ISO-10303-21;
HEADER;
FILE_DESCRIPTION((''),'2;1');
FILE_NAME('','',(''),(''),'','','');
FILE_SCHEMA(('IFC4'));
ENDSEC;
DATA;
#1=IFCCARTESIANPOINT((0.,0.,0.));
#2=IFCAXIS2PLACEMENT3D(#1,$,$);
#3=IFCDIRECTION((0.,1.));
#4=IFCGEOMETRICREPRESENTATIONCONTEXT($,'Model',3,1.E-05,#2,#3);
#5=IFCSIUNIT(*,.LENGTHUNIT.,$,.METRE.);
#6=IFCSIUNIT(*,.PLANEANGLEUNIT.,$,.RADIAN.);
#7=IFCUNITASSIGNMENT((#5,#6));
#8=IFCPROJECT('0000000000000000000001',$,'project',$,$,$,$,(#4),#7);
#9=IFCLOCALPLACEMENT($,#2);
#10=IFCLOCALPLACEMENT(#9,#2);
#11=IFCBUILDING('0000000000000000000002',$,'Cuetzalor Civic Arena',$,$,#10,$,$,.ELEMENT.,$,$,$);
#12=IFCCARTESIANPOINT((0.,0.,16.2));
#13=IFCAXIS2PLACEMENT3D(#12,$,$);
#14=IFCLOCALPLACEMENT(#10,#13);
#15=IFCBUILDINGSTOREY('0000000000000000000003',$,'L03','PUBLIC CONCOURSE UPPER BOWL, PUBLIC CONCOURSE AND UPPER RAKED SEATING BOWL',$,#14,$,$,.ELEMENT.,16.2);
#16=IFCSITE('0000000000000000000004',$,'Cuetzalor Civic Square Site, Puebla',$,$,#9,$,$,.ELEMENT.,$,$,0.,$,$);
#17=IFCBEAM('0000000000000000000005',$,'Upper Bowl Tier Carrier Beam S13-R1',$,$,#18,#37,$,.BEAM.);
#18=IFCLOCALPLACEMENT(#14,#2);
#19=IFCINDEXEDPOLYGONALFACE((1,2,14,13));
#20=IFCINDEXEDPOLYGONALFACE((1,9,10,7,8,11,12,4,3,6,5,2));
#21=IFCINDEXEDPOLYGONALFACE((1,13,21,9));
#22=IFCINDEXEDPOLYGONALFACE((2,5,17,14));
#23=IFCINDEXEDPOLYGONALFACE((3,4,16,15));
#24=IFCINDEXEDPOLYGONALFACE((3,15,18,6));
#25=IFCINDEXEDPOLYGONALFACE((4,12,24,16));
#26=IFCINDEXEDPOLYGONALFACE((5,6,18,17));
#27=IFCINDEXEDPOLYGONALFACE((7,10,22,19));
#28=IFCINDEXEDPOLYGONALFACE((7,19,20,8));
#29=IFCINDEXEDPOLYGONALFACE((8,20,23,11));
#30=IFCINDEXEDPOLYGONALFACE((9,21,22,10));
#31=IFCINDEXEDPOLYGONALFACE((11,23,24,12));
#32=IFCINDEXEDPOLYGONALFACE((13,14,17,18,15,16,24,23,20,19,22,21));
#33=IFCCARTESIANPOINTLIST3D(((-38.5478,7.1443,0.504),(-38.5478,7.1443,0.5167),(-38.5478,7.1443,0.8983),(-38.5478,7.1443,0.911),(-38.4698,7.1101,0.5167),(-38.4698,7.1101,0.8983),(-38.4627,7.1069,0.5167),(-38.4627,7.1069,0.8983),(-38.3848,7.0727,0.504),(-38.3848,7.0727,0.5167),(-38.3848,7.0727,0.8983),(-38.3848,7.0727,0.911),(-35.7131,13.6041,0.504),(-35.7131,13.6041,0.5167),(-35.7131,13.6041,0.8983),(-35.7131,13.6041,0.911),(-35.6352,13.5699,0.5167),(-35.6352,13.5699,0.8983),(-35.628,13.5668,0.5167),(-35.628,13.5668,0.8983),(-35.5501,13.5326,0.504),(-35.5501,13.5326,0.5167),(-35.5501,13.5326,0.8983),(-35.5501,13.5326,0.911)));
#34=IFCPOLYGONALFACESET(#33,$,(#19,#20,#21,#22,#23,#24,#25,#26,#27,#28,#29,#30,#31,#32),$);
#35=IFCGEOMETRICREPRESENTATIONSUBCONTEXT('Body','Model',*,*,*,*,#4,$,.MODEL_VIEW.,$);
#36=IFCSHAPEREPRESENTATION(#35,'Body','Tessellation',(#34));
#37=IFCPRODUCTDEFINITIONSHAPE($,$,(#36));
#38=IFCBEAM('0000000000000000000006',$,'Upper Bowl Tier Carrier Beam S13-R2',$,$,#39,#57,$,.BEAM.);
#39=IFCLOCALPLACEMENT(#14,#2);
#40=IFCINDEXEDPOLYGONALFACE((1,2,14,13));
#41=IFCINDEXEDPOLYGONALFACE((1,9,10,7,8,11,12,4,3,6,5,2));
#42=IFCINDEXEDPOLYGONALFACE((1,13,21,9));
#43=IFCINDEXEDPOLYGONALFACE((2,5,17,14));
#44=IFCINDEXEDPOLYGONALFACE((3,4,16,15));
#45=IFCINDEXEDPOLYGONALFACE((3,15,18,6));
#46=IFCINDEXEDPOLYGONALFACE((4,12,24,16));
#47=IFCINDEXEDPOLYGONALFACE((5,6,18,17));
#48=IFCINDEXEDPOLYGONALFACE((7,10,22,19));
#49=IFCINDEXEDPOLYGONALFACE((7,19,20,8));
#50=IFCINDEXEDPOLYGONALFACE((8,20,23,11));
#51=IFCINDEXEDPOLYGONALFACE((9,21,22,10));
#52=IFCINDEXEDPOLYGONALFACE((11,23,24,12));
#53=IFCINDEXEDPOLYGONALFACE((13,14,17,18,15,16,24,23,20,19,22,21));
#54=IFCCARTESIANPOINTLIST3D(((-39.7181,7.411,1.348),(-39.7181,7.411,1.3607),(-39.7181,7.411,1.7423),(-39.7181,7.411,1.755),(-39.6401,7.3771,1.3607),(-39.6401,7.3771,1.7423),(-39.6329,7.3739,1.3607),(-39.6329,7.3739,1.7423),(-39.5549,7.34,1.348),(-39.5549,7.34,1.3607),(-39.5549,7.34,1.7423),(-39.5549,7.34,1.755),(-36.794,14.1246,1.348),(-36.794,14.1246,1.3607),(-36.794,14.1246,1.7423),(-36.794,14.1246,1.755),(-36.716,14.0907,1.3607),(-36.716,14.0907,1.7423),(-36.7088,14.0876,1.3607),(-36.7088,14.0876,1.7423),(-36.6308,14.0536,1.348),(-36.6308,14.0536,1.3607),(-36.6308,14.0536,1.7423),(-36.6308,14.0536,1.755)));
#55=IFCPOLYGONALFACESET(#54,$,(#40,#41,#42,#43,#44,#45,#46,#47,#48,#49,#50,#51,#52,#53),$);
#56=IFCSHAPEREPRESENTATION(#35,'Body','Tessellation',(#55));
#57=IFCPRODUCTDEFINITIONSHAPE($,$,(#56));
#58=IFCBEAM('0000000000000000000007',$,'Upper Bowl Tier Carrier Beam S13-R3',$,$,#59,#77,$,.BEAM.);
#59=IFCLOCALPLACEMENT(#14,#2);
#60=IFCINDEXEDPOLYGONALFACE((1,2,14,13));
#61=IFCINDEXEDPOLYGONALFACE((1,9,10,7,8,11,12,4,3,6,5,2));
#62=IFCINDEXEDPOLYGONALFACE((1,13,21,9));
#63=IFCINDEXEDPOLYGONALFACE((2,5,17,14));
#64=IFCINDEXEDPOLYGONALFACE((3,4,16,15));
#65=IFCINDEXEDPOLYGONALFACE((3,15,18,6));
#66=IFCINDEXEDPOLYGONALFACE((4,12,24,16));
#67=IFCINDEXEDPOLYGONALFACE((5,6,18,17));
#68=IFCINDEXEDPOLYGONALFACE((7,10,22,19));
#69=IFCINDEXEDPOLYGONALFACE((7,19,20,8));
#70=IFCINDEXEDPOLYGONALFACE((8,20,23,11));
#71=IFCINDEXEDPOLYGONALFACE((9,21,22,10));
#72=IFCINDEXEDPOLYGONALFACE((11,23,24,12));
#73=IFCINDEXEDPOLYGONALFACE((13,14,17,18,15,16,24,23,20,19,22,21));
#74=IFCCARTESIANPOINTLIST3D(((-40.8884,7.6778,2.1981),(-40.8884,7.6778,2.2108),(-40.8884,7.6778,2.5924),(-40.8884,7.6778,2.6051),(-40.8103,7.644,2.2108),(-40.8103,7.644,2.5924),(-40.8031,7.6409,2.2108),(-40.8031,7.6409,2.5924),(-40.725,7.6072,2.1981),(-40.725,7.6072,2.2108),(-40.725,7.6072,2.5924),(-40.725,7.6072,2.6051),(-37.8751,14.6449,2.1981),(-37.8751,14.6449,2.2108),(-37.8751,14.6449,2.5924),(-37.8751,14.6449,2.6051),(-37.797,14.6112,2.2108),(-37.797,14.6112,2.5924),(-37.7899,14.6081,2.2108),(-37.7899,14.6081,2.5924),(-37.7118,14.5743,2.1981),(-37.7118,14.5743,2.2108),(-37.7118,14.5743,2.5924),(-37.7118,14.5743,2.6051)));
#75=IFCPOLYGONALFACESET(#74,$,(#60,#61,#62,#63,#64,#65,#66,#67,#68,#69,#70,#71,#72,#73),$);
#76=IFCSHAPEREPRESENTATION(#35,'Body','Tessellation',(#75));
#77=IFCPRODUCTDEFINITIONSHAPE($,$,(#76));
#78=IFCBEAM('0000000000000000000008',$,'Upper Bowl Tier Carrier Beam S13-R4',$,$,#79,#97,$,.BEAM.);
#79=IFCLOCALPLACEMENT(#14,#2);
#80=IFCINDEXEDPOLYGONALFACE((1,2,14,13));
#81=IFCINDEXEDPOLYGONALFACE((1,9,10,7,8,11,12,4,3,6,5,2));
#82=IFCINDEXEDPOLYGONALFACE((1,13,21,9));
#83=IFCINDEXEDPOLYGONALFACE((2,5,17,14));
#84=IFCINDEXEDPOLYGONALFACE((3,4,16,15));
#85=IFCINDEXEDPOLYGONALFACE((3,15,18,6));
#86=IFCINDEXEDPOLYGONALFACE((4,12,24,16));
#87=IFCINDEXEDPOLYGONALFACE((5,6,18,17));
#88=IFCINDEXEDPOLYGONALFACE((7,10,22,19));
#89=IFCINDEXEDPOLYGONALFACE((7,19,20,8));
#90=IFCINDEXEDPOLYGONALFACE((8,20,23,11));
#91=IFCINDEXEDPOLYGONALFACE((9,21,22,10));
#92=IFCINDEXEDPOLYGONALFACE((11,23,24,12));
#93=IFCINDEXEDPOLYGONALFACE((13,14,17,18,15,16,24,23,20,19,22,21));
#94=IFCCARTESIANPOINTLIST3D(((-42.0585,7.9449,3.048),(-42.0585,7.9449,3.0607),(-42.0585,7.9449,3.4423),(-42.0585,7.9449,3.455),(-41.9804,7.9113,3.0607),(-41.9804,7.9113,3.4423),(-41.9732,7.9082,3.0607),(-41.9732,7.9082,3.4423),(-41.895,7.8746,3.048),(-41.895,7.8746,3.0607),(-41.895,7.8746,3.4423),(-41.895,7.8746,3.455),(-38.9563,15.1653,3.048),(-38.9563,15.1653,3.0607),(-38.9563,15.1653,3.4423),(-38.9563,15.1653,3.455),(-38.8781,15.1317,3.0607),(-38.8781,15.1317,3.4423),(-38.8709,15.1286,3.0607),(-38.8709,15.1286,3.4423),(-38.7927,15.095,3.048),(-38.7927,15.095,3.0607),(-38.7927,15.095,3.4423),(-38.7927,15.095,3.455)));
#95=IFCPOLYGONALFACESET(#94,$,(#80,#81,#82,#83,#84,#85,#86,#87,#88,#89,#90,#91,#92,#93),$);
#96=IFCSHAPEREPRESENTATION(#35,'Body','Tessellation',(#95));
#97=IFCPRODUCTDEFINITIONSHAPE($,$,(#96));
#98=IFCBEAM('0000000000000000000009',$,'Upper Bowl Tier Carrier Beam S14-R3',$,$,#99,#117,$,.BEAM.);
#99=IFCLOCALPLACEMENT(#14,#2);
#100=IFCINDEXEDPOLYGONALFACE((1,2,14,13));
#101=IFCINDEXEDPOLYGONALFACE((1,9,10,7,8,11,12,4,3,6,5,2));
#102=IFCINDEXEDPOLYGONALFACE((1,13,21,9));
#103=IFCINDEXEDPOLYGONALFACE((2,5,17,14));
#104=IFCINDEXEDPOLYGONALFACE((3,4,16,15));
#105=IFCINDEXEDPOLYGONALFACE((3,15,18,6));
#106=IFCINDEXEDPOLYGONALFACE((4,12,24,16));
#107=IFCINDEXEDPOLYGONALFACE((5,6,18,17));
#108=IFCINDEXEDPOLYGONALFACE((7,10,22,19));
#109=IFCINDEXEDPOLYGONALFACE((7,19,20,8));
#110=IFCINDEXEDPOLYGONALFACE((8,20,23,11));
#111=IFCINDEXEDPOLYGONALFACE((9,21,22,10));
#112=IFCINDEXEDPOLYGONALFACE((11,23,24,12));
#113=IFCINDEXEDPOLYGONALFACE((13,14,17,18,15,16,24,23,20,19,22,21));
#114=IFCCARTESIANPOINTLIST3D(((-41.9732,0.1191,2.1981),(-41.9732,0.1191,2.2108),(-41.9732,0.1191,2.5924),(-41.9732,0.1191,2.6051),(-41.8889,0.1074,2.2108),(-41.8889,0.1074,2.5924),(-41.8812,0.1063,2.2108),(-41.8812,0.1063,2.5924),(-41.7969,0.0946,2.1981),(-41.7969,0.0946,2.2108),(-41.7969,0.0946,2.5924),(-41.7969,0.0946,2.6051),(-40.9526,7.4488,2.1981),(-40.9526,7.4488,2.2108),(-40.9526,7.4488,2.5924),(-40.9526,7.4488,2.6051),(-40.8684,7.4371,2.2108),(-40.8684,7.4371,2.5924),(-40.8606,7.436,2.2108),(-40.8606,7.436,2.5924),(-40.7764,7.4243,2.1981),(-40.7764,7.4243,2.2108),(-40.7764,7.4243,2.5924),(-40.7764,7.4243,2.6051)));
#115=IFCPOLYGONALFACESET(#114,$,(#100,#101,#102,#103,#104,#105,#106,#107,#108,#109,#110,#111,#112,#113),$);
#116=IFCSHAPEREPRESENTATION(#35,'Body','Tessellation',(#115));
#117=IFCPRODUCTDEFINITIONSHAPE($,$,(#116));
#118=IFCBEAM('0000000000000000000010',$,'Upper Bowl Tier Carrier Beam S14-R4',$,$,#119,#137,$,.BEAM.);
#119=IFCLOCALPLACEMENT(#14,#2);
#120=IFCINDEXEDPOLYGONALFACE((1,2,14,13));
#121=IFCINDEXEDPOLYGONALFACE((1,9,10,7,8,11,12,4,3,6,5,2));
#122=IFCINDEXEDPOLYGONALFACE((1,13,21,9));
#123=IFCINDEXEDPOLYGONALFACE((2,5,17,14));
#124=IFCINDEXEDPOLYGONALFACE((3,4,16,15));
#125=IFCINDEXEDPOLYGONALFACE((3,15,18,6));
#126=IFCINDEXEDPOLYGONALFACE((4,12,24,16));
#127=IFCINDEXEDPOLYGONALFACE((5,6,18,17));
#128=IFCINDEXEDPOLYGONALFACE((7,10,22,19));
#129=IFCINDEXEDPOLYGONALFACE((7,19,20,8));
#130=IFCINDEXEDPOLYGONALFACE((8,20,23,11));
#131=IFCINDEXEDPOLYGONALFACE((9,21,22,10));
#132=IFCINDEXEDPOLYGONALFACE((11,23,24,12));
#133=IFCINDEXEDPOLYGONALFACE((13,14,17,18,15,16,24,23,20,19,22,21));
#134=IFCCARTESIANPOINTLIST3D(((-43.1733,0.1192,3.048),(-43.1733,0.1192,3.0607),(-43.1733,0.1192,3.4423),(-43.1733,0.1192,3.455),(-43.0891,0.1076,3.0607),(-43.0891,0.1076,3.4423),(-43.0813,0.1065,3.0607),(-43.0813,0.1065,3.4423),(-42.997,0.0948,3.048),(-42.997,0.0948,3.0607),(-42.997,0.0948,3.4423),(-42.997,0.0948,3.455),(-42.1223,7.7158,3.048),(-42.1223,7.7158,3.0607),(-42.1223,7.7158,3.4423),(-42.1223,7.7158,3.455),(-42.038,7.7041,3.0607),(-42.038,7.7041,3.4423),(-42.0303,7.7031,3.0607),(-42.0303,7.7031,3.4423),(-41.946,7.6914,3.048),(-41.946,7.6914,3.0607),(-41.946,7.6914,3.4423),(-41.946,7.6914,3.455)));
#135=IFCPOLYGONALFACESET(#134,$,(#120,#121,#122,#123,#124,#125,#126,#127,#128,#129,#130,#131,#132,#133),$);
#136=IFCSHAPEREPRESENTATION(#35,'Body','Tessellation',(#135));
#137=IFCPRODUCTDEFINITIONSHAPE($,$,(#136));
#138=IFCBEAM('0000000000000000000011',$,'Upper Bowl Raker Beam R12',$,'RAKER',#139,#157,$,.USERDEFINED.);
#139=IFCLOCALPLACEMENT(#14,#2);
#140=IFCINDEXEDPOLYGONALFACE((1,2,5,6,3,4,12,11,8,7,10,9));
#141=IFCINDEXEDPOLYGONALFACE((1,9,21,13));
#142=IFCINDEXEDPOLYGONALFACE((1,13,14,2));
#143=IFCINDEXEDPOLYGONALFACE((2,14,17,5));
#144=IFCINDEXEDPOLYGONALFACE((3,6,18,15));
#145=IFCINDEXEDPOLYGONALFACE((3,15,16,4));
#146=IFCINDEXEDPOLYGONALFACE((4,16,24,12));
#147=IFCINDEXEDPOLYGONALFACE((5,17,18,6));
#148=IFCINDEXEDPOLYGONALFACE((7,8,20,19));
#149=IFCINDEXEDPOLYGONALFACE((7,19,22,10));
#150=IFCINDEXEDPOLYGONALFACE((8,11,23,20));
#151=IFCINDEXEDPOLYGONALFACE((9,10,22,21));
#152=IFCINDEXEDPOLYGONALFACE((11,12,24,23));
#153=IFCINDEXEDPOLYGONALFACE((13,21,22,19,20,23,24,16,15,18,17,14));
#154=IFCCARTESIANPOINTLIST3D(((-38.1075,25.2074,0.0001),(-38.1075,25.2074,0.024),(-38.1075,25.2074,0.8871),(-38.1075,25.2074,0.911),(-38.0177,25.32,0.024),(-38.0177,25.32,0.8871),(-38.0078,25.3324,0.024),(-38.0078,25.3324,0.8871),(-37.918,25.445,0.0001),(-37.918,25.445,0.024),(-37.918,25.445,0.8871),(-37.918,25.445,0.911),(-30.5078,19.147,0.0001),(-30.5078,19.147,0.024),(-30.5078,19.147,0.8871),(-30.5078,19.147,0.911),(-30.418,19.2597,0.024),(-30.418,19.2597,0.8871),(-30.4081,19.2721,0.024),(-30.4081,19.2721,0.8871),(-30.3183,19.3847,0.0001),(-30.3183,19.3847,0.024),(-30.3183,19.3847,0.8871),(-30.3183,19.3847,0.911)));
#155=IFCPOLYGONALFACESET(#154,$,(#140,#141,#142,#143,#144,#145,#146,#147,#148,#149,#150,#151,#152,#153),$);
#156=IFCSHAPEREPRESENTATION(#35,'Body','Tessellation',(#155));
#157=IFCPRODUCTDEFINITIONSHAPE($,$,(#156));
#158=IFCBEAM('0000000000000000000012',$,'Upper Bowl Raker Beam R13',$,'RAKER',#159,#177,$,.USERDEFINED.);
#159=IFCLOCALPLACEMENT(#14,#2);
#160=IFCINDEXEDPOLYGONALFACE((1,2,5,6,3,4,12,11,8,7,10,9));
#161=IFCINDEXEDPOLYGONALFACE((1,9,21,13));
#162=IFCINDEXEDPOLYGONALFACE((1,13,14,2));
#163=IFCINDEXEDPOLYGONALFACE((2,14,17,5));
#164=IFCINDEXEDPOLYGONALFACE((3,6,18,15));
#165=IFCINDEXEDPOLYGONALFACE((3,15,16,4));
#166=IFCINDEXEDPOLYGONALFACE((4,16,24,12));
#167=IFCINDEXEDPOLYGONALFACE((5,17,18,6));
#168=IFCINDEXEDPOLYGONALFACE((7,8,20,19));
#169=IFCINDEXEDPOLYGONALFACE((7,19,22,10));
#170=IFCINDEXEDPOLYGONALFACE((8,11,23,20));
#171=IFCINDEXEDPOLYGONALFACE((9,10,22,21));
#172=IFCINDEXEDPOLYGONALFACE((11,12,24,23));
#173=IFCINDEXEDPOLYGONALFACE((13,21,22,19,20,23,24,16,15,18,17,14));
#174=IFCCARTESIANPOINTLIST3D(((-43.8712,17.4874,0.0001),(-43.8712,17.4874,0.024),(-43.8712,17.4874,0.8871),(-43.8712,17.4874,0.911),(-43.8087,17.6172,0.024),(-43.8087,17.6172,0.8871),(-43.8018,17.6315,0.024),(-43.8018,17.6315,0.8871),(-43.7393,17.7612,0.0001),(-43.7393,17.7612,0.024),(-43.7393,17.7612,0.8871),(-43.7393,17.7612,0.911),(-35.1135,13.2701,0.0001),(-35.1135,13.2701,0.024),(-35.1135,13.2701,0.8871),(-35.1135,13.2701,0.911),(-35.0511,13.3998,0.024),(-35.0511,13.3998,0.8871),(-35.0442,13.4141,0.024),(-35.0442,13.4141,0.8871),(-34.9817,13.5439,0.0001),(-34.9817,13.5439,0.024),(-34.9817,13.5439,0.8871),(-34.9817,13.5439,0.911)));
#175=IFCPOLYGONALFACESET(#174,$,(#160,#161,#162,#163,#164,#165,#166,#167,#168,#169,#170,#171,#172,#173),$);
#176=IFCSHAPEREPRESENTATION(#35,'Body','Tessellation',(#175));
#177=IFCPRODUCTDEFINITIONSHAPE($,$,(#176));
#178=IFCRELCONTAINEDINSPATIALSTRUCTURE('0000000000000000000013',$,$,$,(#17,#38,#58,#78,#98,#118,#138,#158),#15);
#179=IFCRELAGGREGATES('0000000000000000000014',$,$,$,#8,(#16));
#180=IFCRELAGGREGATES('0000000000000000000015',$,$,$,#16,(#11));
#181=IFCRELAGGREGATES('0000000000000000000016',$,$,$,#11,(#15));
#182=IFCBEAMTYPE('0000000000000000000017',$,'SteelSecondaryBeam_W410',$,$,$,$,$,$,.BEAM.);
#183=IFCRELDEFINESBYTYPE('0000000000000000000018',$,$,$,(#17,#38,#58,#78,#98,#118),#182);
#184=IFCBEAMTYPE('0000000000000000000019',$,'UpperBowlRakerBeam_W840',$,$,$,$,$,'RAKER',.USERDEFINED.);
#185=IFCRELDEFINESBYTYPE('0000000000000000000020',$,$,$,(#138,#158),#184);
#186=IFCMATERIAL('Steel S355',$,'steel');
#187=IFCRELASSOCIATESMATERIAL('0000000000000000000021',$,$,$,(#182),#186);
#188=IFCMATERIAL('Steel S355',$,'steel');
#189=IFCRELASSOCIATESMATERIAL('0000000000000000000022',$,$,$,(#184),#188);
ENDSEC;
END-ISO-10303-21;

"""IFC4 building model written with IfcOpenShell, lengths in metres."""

from ifc_helpers import new_model, si_unit, direction, frame, origin, origin_2d, place, context, subcontext, project, spatial, i_section, extrude, material, material_profile, profile_set, type_object, element, save


model = new_model("IFC4")

# Units and contexts
model_context = context("Model", 3, precision=1e-05, world=origin(), true_north=direction((0.0, 1.0)))
body_context = subcontext(model_context, "Body", "Model", "MODEL_VIEW")
ifc_project = project(units=[si_unit("LENGTHUNIT", "METRE"), si_unit("PLANEANGLEUNIT", "RADIAN")], contexts=[model_context])

# Site, building, storey
site_placement = place(None, origin())
site = spatial("IfcSite", under=ifc_project, at=site_placement, Name="Cuetzalor Civic Square Site, Puebla", CompositionType="ELEMENT", RefElevation=0.0)
building_placement = place(site_placement, origin())
building = spatial("IfcBuilding", under=site, at=building_placement, Name="Cuetzalor Civic Arena", CompositionType="ELEMENT")
storey_placement = place(building_placement, frame((0.0, 0.0, 16.2)))
storey = spatial("IfcBuildingStorey", under=building, at=storey_placement, Name="L03", Description="PUBLIC CONCOURSE UPPER BOWL, PUBLIC CONCOURSE AND UPPER RAKED SEATING BOWL", CompositionType="ELEMENT", Elevation=16.2)

# Beams
ifc_material_1 = material(Name="Steel S355", Category="steel")
ifc_material_profile_1 = material_profile(ifc_material_1, i_section(OverallWidth=0.178, OverallDepth=0.407, WebThickness=0.0078, FlangeThickness=0.0127, at=origin_2d()), Name="W410x60")
ifc_profile_set_1 = profile_set([ifc_material_profile_1], Name="Steel S355")
beam_type_1 = type_object("IfcBeamType", Name="SteelSecondaryBeam_W410", PredefinedType="BEAM", material=ifc_profile_set_1)
beam_1_placement = place(storey_placement, frame((-35.6316, 13.5684, 0.7075), z_axis=(-0.401828, -0.915715, 0.0), x_axis=(0.915715, -0.401828, 0.0)))
element("IfcBeam", 1, at=beam_1_placement, inside=storey, type_object=beam_type_1, Name="Upper Bowl Tier Carrier Beam S13-R1", PredefinedType="BEAM", context=body_context, shape_type="SweptSolid", body=[
    extrude(i_section(OverallWidth=0.178, OverallDepth=0.407, WebThickness=0.0078, FlangeThickness=0.0127, at=origin_2d()), origin(), (0.0, 0.0, 1.0), 7.0544),
])
beam_2_placement = place(storey_placement, frame((-36.7124, 14.0891, 1.5515), z_axis=(-0.399312, -0.916815, 0.0), x_axis=(0.916815, -0.399312, 0.0)))
element("IfcBeam", 2, at=beam_2_placement, inside=storey, type_object=beam_type_1, Name="Upper Bowl Tier Carrier Beam S13-R2", PredefinedType="BEAM", context=body_context, shape_type="SweptSolid", body=[
    extrude(i_section(OverallWidth=0.178, OverallDepth=0.407, WebThickness=0.0078, FlangeThickness=0.0127, at=origin_2d()), origin(), (0.0, 0.0, 1.0), 7.3228),
])
beam_3_placement = place(storey_placement, frame((-37.7935, 14.6096, 2.4016), z_axis=(-0.396957, -0.917837, 0.0), x_axis=(0.917837, -0.396957, 0.0)))
element("IfcBeam", 3, at=beam_3_placement, inside=storey, type_object=beam_type_1, Name="Upper Bowl Tier Carrier Beam S13-R3", PredefinedType="BEAM", context=body_context, shape_type="SweptSolid", body=[
    extrude(i_section(OverallWidth=0.178, OverallDepth=0.407, WebThickness=0.0078, FlangeThickness=0.0127, at=origin_2d()), origin(), (0.0, 0.0, 1.0), 7.5908),
])
beam_4_placement = place(storey_placement, frame((-38.8745, 15.1301, 3.2515), z_axis=(-0.394759, -0.918785, 0.0), x_axis=(0.918785, -0.394759, 0.0)))
element("IfcBeam", 4, at=beam_4_placement, inside=storey, type_object=beam_type_1, Name="Upper Bowl Tier Carrier Beam S13-R4", PredefinedType="BEAM", context=body_context, shape_type="SweptSolid", body=[
    extrude(i_section(OverallWidth=0.178, OverallDepth=0.407, WebThickness=0.0078, FlangeThickness=0.0127, at=origin_2d()), origin(), (0.0, 0.0, 1.0), 7.8586),
])
beam_5_placement = place(storey_placement, frame((-40.8645, 7.4365, 2.4016), z_axis=(-0.137901, -0.990446, 0.0), x_axis=(0.990446, -0.137901, 0.0)))
element("IfcBeam", 5, at=beam_5_placement, inside=storey, type_object=beam_type_1, Name="Upper Bowl Tier Carrier Beam S14-R3", PredefinedType="BEAM", context=body_context, shape_type="SweptSolid", body=[
    extrude(i_section(OverallWidth=0.178, OverallDepth=0.407, WebThickness=0.0078, FlangeThickness=0.0127, at=origin_2d()), origin(), (0.0, 0.0, 1.0), 7.4004),
])
beam_6_placement = place(storey_placement, frame((-42.0342, 7.7036, 3.2515), z_axis=(-0.137048, -0.990564, 0.0), x_axis=(0.990564, -0.137048, 0.0)))
element("IfcBeam", 6, at=beam_6_placement, inside=storey, type_object=beam_type_1, Name="Upper Bowl Tier Carrier Beam S14-R4", PredefinedType="BEAM", context=body_context, shape_type="SweptSolid", body=[
    extrude(i_section(OverallWidth=0.178, OverallDepth=0.407, WebThickness=0.0078, FlangeThickness=0.0127, at=origin_2d()), origin(), (0.0, 0.0, 1.0), 7.6689),
])
ifc_material_2 = material(Name="Steel S355", Category="steel")
ifc_material_profile_2 = material_profile(ifc_material_2, i_section(OverallWidth=0.304, OverallDepth=0.9109, WebThickness=0.0159, FlangeThickness=0.0239, at=origin_2d()), Name="W920x223")
ifc_profile_set_2 = profile_set([ifc_material_profile_2], Name="Steel S355")
beam_type_2 = type_object("IfcBeamType", Name="UpperBowlRakerBeam_W840", ElementType="RAKER", PredefinedType="USERDEFINED", material=ifc_profile_set_2)
for number, where, z_axis, x_axis, name in (
    (7, (-30.4131, 19.2659, 0.4556), (-0.781841, 0.623478, 0.0), (-0.623478, -0.781841, 0.0), "Upper Bowl Raker Beam R12"),
    (8, (-35.0476, 13.407, 0.4556), (-0.900974, 0.433872, 0.0), (-0.433872, -0.900974, 0.0), "Upper Bowl Raker Beam R13"),
):
    element("IfcBeam", number, at=place(storey_placement, frame(where, z_axis=z_axis, x_axis=x_axis)), inside=storey, type_object=beam_type_2, Name=name, ObjectType="RAKER", PredefinedType="USERDEFINED", context=body_context, shape_type="SweptSolid", body=[
        extrude(i_section(OverallWidth=0.304, OverallDepth=0.9109, WebThickness=0.0159, FlangeThickness=0.0239, at=origin_2d()), origin(), (0.0, 0.0, 1.0), 9.7202),
    ])

save(model, "model.ifc")
